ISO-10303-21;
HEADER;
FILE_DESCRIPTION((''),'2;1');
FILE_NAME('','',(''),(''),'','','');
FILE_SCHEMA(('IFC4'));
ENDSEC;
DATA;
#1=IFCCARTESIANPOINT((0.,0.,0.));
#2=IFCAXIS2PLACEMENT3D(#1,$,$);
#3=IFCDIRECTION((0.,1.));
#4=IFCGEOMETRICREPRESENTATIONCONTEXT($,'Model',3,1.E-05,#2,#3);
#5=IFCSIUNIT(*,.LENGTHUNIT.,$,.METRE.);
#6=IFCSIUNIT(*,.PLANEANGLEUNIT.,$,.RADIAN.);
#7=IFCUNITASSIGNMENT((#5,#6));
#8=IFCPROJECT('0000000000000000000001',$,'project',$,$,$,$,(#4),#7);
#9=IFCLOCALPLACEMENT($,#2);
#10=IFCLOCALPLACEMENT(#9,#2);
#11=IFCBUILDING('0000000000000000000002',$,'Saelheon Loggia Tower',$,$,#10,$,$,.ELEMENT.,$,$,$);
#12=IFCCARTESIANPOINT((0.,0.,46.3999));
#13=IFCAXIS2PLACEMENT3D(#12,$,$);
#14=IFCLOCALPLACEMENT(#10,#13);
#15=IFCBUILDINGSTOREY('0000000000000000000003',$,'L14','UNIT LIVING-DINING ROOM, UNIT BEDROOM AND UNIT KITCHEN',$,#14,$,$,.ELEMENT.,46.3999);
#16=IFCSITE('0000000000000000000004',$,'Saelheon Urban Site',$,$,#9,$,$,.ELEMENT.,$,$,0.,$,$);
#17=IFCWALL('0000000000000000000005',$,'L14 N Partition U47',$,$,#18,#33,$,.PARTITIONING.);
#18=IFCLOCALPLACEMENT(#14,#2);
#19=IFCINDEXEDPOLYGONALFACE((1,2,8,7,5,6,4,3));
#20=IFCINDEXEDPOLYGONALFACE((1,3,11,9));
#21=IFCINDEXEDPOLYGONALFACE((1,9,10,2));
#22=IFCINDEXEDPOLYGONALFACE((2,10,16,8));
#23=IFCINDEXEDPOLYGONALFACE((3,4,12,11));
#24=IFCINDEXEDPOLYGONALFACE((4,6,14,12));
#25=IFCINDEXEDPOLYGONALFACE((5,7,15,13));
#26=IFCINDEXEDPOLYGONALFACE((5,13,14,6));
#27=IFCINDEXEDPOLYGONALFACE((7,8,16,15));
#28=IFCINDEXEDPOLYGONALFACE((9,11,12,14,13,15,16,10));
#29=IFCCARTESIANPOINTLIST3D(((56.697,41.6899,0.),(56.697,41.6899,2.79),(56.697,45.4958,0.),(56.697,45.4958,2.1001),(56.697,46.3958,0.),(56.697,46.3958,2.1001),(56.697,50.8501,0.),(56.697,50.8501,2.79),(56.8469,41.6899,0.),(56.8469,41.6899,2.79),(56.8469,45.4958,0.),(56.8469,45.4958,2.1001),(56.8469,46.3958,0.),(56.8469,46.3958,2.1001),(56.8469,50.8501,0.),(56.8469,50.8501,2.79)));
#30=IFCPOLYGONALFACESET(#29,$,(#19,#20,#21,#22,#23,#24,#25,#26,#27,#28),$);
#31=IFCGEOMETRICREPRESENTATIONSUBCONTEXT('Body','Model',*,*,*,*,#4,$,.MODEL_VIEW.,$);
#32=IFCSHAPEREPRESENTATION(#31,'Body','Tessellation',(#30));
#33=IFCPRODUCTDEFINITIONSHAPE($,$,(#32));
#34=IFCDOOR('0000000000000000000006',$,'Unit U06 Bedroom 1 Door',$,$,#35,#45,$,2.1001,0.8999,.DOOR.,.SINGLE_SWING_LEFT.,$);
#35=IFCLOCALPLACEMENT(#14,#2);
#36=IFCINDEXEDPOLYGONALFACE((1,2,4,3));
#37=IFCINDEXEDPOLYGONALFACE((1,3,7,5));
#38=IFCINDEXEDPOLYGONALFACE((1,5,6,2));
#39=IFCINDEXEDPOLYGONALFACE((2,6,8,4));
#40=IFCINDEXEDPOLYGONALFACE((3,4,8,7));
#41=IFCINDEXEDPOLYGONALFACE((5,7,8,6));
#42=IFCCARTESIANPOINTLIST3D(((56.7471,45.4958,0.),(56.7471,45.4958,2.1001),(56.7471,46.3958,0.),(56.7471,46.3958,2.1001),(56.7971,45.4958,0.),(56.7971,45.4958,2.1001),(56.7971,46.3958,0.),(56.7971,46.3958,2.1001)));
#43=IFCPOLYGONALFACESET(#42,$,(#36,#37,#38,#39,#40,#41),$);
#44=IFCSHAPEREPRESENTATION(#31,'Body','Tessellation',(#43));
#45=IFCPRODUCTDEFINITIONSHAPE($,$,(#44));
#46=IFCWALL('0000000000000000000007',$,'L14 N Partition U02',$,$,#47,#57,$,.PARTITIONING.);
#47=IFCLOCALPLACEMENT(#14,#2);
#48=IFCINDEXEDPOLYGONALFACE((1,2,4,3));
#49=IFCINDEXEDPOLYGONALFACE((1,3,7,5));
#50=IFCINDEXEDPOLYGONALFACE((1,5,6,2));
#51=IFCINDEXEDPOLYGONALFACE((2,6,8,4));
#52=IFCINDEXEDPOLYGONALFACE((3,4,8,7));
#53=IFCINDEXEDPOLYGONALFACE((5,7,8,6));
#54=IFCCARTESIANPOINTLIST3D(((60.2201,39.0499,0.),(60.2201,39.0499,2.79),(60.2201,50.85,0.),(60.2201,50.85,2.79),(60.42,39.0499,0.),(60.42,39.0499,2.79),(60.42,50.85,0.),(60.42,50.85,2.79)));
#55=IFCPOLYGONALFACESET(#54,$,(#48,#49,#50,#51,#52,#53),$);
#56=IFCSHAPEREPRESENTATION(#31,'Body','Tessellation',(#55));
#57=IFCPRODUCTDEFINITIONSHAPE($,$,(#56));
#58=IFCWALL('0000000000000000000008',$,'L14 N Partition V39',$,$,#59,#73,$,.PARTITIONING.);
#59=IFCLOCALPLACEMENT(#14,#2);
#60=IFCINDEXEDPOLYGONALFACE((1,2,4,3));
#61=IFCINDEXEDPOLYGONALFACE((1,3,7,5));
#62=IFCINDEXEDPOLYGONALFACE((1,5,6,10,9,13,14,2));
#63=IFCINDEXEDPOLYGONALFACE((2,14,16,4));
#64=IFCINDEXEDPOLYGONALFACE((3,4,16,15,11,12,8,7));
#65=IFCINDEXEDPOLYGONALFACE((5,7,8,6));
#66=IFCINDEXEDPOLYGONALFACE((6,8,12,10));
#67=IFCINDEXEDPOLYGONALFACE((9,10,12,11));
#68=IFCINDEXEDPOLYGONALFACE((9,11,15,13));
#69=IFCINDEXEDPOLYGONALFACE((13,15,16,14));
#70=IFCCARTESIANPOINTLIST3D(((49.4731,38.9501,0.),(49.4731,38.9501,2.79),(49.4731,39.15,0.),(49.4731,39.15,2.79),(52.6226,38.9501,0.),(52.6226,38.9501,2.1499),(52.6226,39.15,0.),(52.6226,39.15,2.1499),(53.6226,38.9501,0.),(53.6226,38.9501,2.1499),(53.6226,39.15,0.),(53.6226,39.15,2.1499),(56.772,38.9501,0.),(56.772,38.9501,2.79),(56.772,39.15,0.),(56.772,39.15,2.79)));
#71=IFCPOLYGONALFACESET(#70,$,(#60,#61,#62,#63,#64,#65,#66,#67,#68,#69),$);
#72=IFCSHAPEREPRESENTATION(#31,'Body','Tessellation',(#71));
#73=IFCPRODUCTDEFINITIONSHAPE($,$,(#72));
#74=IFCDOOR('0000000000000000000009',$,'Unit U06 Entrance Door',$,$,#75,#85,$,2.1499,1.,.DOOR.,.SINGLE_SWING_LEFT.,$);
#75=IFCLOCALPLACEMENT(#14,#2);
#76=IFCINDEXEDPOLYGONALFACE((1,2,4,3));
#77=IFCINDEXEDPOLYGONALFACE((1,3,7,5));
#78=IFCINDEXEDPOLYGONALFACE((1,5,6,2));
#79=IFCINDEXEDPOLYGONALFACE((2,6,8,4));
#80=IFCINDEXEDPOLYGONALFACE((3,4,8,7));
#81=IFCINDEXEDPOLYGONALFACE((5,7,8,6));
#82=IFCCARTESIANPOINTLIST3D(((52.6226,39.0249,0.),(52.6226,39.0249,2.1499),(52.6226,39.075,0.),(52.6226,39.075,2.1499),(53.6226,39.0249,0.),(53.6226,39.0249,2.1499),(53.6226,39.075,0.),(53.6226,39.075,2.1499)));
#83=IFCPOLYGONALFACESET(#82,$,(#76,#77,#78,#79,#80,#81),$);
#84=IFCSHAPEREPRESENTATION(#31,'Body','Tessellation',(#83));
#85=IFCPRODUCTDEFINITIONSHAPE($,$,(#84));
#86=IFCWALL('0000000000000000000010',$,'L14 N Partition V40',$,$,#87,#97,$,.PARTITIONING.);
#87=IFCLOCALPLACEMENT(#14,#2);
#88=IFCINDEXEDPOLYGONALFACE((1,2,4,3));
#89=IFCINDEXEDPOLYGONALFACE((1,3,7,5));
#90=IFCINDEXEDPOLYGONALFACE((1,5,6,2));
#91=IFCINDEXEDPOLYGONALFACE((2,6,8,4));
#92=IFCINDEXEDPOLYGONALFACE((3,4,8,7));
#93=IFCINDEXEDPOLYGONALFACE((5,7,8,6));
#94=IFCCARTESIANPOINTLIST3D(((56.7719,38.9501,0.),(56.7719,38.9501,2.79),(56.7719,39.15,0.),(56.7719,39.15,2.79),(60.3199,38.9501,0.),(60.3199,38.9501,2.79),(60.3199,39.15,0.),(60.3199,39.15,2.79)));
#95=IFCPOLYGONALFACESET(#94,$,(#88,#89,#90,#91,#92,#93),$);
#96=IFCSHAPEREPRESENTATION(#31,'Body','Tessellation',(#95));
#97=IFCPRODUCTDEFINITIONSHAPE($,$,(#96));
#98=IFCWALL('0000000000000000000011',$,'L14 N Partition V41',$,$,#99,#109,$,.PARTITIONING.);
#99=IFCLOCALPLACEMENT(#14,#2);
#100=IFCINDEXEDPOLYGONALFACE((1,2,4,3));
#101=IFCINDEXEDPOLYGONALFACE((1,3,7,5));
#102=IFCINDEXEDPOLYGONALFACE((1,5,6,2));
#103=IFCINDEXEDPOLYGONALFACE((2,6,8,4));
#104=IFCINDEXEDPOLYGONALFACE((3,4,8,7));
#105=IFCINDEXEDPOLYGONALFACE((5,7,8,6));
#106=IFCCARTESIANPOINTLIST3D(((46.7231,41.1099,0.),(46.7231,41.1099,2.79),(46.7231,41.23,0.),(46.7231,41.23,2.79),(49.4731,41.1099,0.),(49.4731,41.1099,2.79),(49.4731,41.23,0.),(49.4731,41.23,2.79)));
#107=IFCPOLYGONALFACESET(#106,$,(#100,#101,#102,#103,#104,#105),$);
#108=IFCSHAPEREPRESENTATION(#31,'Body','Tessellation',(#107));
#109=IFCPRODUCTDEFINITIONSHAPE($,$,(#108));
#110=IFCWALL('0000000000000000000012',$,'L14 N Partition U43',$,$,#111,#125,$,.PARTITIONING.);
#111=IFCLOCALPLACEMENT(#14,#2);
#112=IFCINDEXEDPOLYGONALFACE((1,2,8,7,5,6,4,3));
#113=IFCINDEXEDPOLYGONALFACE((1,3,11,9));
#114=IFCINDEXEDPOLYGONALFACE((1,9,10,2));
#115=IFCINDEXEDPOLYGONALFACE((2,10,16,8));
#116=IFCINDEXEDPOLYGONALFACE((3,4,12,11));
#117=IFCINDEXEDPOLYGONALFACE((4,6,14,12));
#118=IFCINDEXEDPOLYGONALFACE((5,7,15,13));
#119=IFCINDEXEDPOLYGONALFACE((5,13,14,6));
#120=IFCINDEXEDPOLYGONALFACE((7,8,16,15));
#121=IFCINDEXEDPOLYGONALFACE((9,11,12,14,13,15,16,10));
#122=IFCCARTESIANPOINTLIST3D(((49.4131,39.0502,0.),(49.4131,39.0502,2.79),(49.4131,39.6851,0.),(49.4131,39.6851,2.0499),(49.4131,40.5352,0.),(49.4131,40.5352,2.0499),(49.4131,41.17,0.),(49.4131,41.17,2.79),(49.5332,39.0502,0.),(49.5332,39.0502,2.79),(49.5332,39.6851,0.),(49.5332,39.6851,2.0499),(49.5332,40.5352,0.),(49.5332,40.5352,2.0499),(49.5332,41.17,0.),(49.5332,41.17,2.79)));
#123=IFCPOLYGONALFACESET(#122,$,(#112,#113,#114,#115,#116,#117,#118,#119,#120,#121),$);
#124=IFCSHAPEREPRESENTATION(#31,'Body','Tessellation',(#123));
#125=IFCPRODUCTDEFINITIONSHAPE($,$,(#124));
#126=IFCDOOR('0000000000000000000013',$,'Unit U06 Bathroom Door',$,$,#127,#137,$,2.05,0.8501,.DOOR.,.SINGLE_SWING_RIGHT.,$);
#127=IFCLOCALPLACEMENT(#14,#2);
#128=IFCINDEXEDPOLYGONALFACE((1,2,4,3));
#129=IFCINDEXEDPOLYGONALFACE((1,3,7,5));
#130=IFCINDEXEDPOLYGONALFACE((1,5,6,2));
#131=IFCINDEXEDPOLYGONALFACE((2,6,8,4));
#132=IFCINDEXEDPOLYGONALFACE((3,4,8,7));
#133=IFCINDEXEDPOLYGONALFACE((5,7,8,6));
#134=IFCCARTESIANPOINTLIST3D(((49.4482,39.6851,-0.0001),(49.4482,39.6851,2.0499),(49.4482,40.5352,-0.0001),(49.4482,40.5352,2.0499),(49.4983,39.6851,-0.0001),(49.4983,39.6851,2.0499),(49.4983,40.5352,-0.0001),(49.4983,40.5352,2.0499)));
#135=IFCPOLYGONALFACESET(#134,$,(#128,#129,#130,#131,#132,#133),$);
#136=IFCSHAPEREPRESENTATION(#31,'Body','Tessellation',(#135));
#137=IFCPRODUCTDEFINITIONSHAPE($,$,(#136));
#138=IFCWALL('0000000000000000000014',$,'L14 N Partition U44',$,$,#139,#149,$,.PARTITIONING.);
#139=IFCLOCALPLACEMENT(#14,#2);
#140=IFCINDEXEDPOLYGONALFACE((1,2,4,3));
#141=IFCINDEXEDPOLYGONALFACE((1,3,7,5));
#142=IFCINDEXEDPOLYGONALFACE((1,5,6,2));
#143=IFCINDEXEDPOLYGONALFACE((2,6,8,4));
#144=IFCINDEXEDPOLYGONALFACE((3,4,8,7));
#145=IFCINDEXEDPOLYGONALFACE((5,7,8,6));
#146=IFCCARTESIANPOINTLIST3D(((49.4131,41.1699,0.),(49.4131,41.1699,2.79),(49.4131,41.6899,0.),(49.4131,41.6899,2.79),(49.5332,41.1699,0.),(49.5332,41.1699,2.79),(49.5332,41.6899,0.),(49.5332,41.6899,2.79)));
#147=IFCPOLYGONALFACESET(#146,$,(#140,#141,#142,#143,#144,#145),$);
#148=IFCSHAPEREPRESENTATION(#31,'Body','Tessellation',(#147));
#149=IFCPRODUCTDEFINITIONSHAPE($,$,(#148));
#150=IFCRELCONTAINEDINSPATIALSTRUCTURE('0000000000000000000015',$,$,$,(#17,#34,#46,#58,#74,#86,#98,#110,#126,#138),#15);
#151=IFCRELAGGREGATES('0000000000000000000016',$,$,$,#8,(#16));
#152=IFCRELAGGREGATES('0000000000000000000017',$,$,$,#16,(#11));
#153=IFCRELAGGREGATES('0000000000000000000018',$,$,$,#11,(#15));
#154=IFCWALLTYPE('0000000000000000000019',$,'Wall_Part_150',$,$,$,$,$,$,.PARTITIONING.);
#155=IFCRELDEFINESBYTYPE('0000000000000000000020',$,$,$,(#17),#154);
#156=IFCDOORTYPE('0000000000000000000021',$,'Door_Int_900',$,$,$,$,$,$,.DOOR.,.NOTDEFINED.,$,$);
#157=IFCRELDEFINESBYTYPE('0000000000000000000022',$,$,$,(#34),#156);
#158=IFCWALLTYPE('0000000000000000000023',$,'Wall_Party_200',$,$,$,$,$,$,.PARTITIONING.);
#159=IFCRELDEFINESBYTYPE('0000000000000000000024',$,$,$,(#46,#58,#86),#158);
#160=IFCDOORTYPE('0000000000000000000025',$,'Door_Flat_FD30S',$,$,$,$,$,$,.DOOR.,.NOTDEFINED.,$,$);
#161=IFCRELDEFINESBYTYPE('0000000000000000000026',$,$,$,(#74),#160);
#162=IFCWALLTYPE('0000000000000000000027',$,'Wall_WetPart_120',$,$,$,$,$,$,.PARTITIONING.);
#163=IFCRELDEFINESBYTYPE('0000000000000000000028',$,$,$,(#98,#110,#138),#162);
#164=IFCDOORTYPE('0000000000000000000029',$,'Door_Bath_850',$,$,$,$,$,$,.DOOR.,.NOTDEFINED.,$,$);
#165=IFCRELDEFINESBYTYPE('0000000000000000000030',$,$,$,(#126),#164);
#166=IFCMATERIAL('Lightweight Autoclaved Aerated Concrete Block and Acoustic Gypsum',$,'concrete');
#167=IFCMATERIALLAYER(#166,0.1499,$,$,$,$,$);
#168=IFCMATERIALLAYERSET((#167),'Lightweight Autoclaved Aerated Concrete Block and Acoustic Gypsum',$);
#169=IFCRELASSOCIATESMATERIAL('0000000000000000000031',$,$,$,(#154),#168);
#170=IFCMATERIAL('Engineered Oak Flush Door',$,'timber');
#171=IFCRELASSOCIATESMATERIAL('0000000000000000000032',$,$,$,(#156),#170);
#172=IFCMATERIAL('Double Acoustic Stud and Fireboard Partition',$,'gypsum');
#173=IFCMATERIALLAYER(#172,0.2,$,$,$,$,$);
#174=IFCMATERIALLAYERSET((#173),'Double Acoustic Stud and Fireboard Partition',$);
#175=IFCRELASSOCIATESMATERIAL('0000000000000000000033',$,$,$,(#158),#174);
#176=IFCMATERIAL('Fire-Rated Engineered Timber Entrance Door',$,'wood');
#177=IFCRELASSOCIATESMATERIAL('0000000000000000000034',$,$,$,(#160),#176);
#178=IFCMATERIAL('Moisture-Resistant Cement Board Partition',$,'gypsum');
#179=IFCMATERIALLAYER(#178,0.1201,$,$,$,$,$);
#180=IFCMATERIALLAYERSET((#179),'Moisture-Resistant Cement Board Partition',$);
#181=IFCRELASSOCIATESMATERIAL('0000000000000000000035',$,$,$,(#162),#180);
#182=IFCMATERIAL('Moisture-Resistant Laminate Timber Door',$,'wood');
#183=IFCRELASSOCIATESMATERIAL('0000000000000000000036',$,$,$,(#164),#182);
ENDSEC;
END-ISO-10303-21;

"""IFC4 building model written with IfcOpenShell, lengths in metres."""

from ifc_helpers import new_model, si_unit, direction, frame, frame_2d, origin, place, context, subcontext, project, spatial, rectangle, extrude, source, transform, mapped, material, layer, layer_set, type_object, element, fill, save


model = new_model("IFC4")

# Units and contexts
model_context = context("Model", 3, precision=1e-05, world=origin(), true_north=direction((0.0, 1.0)))
body_context = subcontext(model_context, "Body", "Model", "MODEL_VIEW")
ifc_project = project(units=[si_unit("LENGTHUNIT", "METRE"), si_unit("PLANEANGLEUNIT", "RADIAN")], contexts=[model_context])

# Site, building, storey
site_placement = place(None, origin())
site = spatial("IfcSite", under=ifc_project, at=site_placement, Name="Saelheon Urban Site", CompositionType="ELEMENT", RefElevation=0.0)
building_placement = place(site_placement, origin())
building = spatial("IfcBuilding", under=site, at=building_placement, Name="Saelheon Loggia Tower", CompositionType="ELEMENT")
storey_placement = place(building_placement, frame((0.0, 0.0, 46.3999)))
storey = spatial("IfcBuildingStorey", under=building, at=storey_placement, Name="L14", Description="UNIT LIVING-DINING ROOM, UNIT BEDROOM AND UNIT KITCHEN", CompositionType="ELEMENT", Elevation=46.3999)

# Shared definitions
ifc_material_1 = material(Name="Lightweight Autoclaved Aerated Concrete Block and Acoustic Gypsum", Category="concrete")
ifc_layer_1 = layer(ifc_material_1, 0.1499)
ifc_layer_set_1 = layer_set([ifc_layer_1], Name="Lightweight Autoclaved Aerated Concrete Block and Acoustic Gypsum")
wall_type_1 = type_object("IfcWallType", Name="Wall_Part_150", PredefinedType="PARTITIONING", material=ifc_layer_set_1)

# Wall, opening, door
ifc_material_2 = material(Name="Engineered Oak Flush Door", Category="timber")
door_type_1 = type_object("IfcDoorType", Name="Door_Int_900", OperationType="NOTDEFINED", PredefinedType="DOOR", material=ifc_material_2)
shared_shape_1 = source(origin(), body_context, "Body", "SweptSolid", [
    extrude(rectangle(XDim=0.8999, YDim=2.1001, at=frame_2d((0.45, 1.05))), frame((0.0, 0.0249, 0.0), z_axis=(0.0, -1.0, 0.0), x_axis=(1.0, 0.0, 0.0)), (0.0, 0.0, 1.0), 0.05),
])
wall_1_placement = place(storey_placement, frame((56.772, 41.6899, 0.0), z_axis=(0.0, 0.0, 1.0), x_axis=(0.0, 1.0, 0.0)))
wall_1 = element("IfcWall", 1, at=wall_1_placement, inside=storey, type_object=wall_type_1, Name="L14 N Partition U47", PredefinedType="PARTITIONING", context=body_context, shape_type="SweptSolid", body=[
    extrude(rectangle(XDim=9.1602, YDim=0.1499, at=frame_2d((4.5801, 0.0))), origin(), (0.0, 0.0, 1.0), 2.79),
])
opening_1_placement = place(wall_1_placement, frame((3.8059, 0.0, 0.0)))
opening_1 = element("IfcOpeningElement", 2, at=opening_1_placement, cuts=wall_1, PredefinedType="OPENING", context=body_context, shape_type="SweptSolid", body=[
    extrude(rectangle(XDim=0.8999, YDim=2.1001, at=frame_2d((0.45, 1.05))), frame((0.0, 0.0869, 0.0), z_axis=(0.0, -1.0, 0.0), x_axis=(1.0, 0.0, 0.0)), (0.0, 0.0, 1.0), 0.1738),
])
door_1_placement = place(opening_1_placement, origin())
door_1 = element("IfcDoor", 3, at=door_1_placement, inside=storey, type_object=door_type_1, Name="Unit U06 Bedroom 1 Door", OperationType="SINGLE_SWING_LEFT", OverallHeight=2.1001, OverallWidth=0.8999, PredefinedType="DOOR", context=body_context, shape_type="MappedRepresentation", body=[
    mapped(shared_shape_1, transform((0.0, 0.0, 0.0), scale=1.0)),
])
fill(opening_1, door_1)

# Wall
ifc_material_3 = material(Name="Double Acoustic Stud and Fireboard Partition", Category="gypsum")
ifc_layer_2 = layer(ifc_material_3, 0.2)
ifc_layer_set_2 = layer_set([ifc_layer_2], Name="Double Acoustic Stud and Fireboard Partition")
wall_type_2 = type_object("IfcWallType", Name="Wall_Party_200", PredefinedType="PARTITIONING", material=ifc_layer_set_2)
wall_2_placement = place(storey_placement, frame((60.3201, 39.05, 0.0), z_axis=(0.0, 0.0, 1.0), x_axis=(0.0, 1.0, 0.0)))
element("IfcWall", 4, at=wall_2_placement, inside=storey, type_object=wall_type_2, Name="L14 N Partition U02", PredefinedType="PARTITIONING", context=body_context, shape_type="SweptSolid", body=[
    extrude(rectangle(XDim=11.8, YDim=0.2, at=frame_2d((5.8999, 0.0))), origin(), (0.0, 0.0, 1.0), 2.79),
])

# Wall, opening, door
wall_3_placement = place(storey_placement, frame((49.4731, 39.05, 0.0), z_axis=(0.0, 0.0, 1.0), x_axis=(1.0, 0.0, 0.0)))
wall_3 = element("IfcWall", 5, at=wall_3_placement, inside=storey, type_object=wall_type_2, Name="L14 N Partition V39", PredefinedType="PARTITIONING", context=body_context, shape_type="SweptSolid", body=[
    extrude(rectangle(XDim=7.2988, YDim=0.2, at=frame_2d((3.6494, 0.0))), origin(), (0.0, 0.0, 1.0), 2.79),
])
opening_2_placement = place(wall_3_placement, frame((3.1494, 0.0, 0.0)))
opening_2 = element("IfcOpeningElement", 6, at=opening_2_placement, cuts=wall_3, PredefinedType="OPENING", context=body_context, shape_type="SweptSolid", body=[
    extrude(rectangle(XDim=1.0, YDim=2.1499, at=frame_2d((0.5, 1.075))), frame((0.0, 0.1121, 0.0), z_axis=(0.0, -1.0, 0.0), x_axis=(1.0, 0.0, 0.0)), (0.0, 0.0, 1.0), 0.2239),
])
ifc_material_4 = material(Name="Fire-Rated Engineered Timber Entrance Door", Category="wood")
door_type_2 = type_object("IfcDoorType", Name="Door_Flat_FD30S", OperationType="NOTDEFINED", PredefinedType="DOOR", material=ifc_material_4)
shared_shape_2 = source(origin(), body_context, "Body", "SweptSolid", [
    extrude(rectangle(XDim=1.0, YDim=2.1499, at=frame_2d((0.5, 1.075))), frame((0.0, 0.0249, 0.0), z_axis=(0.0, -1.0, 0.0), x_axis=(1.0, 0.0, 0.0)), (0.0, 0.0, 1.0), 0.05),
])
door_2_placement = place(opening_2_placement, origin())
door_2 = element("IfcDoor", 7, at=door_2_placement, inside=storey, type_object=door_type_2, Name="Unit U06 Entrance Door", OperationType="SINGLE_SWING_LEFT", OverallHeight=2.1499, OverallWidth=1.0, PredefinedType="DOOR", context=body_context, shape_type="MappedRepresentation", body=[
    mapped(shared_shape_2, transform((0.0, 0.0, 0.0), scale=1.0)),
])
fill(opening_2, door_2)

# Walls
wall_4_placement = place(storey_placement, frame((56.772, 39.05, 0.0), z_axis=(0.0, 0.0, 1.0), x_axis=(1.0, 0.0, 0.0)))
element("IfcWall", 8, at=wall_4_placement, inside=storey, type_object=wall_type_2, Name="L14 N Partition V40", PredefinedType="PARTITIONING", context=body_context, shape_type="SweptSolid", body=[
    extrude(rectangle(XDim=3.5481, YDim=0.2, at=frame_2d((1.7739, 0.0))), origin(), (0.0, 0.0, 1.0), 2.79),
])
ifc_material_5 = material(Name="Moisture-Resistant Cement Board Partition", Category="gypsum")
ifc_layer_3 = layer(ifc_material_5, 0.1201)
ifc_layer_set_3 = layer_set([ifc_layer_3], Name="Moisture-Resistant Cement Board Partition")
wall_type_3 = type_object("IfcWallType", Name="Wall_WetPart_120", PredefinedType="PARTITIONING", material=ifc_layer_set_3)
wall_5_placement = place(storey_placement, frame((46.7231, 41.1699, 0.0), z_axis=(0.0, 0.0, 1.0), x_axis=(1.0, 0.0, 0.0)))
element("IfcWall", 9, at=wall_5_placement, inside=storey, type_object=wall_type_3, Name="L14 N Partition V41", PredefinedType="PARTITIONING", context=body_context, shape_type="SweptSolid", body=[
    extrude(rectangle(XDim=2.75, YDim=0.1201, at=frame_2d((1.375, 0.0))), origin(), (0.0, 0.0, 1.0), 2.79),
])

# Wall, opening, door
wall_6_placement = place(storey_placement, frame((49.4731, 39.05, 0.0), z_axis=(0.0, 0.0, 1.0), x_axis=(0.0, 1.0, 0.0)))
wall_6 = element("IfcWall", 10, at=wall_6_placement, inside=storey, type_object=wall_type_3, Name="L14 N Partition U43", PredefinedType="PARTITIONING", context=body_context, shape_type="SweptSolid", body=[
    extrude(rectangle(XDim=2.1199, YDim=0.1201, at=frame_2d((1.0601, 0.0))), origin(), (0.0, 0.0, 1.0), 2.79),
])
opening_3_placement = place(wall_6_placement, frame((0.635, 0.0, 0.0)))
opening_3 = element("IfcOpeningElement", 11, at=opening_3_placement, cuts=wall_6, PredefinedType="OPENING", context=body_context, shape_type="SweptSolid", body=[
    extrude(rectangle(XDim=0.8501, YDim=2.05, at=frame_2d((0.425, 1.0249))), frame((0.0, 0.072, 0.0), z_axis=(0.0, -1.0, 0.0), x_axis=(1.0, 0.0, 0.0)), (0.0, 0.0, 1.0), 0.144),
])
ifc_material_6 = material(Name="Moisture-Resistant Laminate Timber Door", Category="wood")
door_type_3 = type_object("IfcDoorType", Name="Door_Bath_850", OperationType="NOTDEFINED", PredefinedType="DOOR", material=ifc_material_6)
shared_shape_3 = source(origin(), body_context, "Body", "SweptSolid", [
    extrude(rectangle(XDim=0.8501, YDim=2.05, at=frame_2d((0.425, 1.0249))), frame((0.0, 0.0249, 0.0), z_axis=(0.0, -1.0, 0.0), x_axis=(1.0, 0.0, 0.0)), (0.0, 0.0, 1.0), 0.05),
])
door_3_placement = place(opening_3_placement, origin())
door_3 = element("IfcDoor", 12, at=door_3_placement, inside=storey, type_object=door_type_3, Name="Unit U06 Bathroom Door", OperationType="SINGLE_SWING_RIGHT", OverallHeight=2.05, OverallWidth=0.8501, PredefinedType="DOOR", context=body_context, shape_type="MappedRepresentation", body=[
    mapped(shared_shape_3, transform((0.0, 0.0, 0.0), scale=1.0)),
])
fill(opening_3, door_3)

# Wall
wall_7_placement = place(storey_placement, frame((49.4731, 41.1699, 0.0), z_axis=(0.0, 0.0, 1.0), x_axis=(0.0, 1.0, 0.0)))
element("IfcWall", 13, at=wall_7_placement, inside=storey, type_object=wall_type_3, Name="L14 N Partition U44", PredefinedType="PARTITIONING", context=body_context, shape_type="SweptSolid", body=[
    extrude(rectangle(XDim=0.52, YDim=0.1201, at=frame_2d((0.26, 0.0))), origin(), (0.0, 0.0, 1.0), 2.79),
])

save(model, "model.ifc")
